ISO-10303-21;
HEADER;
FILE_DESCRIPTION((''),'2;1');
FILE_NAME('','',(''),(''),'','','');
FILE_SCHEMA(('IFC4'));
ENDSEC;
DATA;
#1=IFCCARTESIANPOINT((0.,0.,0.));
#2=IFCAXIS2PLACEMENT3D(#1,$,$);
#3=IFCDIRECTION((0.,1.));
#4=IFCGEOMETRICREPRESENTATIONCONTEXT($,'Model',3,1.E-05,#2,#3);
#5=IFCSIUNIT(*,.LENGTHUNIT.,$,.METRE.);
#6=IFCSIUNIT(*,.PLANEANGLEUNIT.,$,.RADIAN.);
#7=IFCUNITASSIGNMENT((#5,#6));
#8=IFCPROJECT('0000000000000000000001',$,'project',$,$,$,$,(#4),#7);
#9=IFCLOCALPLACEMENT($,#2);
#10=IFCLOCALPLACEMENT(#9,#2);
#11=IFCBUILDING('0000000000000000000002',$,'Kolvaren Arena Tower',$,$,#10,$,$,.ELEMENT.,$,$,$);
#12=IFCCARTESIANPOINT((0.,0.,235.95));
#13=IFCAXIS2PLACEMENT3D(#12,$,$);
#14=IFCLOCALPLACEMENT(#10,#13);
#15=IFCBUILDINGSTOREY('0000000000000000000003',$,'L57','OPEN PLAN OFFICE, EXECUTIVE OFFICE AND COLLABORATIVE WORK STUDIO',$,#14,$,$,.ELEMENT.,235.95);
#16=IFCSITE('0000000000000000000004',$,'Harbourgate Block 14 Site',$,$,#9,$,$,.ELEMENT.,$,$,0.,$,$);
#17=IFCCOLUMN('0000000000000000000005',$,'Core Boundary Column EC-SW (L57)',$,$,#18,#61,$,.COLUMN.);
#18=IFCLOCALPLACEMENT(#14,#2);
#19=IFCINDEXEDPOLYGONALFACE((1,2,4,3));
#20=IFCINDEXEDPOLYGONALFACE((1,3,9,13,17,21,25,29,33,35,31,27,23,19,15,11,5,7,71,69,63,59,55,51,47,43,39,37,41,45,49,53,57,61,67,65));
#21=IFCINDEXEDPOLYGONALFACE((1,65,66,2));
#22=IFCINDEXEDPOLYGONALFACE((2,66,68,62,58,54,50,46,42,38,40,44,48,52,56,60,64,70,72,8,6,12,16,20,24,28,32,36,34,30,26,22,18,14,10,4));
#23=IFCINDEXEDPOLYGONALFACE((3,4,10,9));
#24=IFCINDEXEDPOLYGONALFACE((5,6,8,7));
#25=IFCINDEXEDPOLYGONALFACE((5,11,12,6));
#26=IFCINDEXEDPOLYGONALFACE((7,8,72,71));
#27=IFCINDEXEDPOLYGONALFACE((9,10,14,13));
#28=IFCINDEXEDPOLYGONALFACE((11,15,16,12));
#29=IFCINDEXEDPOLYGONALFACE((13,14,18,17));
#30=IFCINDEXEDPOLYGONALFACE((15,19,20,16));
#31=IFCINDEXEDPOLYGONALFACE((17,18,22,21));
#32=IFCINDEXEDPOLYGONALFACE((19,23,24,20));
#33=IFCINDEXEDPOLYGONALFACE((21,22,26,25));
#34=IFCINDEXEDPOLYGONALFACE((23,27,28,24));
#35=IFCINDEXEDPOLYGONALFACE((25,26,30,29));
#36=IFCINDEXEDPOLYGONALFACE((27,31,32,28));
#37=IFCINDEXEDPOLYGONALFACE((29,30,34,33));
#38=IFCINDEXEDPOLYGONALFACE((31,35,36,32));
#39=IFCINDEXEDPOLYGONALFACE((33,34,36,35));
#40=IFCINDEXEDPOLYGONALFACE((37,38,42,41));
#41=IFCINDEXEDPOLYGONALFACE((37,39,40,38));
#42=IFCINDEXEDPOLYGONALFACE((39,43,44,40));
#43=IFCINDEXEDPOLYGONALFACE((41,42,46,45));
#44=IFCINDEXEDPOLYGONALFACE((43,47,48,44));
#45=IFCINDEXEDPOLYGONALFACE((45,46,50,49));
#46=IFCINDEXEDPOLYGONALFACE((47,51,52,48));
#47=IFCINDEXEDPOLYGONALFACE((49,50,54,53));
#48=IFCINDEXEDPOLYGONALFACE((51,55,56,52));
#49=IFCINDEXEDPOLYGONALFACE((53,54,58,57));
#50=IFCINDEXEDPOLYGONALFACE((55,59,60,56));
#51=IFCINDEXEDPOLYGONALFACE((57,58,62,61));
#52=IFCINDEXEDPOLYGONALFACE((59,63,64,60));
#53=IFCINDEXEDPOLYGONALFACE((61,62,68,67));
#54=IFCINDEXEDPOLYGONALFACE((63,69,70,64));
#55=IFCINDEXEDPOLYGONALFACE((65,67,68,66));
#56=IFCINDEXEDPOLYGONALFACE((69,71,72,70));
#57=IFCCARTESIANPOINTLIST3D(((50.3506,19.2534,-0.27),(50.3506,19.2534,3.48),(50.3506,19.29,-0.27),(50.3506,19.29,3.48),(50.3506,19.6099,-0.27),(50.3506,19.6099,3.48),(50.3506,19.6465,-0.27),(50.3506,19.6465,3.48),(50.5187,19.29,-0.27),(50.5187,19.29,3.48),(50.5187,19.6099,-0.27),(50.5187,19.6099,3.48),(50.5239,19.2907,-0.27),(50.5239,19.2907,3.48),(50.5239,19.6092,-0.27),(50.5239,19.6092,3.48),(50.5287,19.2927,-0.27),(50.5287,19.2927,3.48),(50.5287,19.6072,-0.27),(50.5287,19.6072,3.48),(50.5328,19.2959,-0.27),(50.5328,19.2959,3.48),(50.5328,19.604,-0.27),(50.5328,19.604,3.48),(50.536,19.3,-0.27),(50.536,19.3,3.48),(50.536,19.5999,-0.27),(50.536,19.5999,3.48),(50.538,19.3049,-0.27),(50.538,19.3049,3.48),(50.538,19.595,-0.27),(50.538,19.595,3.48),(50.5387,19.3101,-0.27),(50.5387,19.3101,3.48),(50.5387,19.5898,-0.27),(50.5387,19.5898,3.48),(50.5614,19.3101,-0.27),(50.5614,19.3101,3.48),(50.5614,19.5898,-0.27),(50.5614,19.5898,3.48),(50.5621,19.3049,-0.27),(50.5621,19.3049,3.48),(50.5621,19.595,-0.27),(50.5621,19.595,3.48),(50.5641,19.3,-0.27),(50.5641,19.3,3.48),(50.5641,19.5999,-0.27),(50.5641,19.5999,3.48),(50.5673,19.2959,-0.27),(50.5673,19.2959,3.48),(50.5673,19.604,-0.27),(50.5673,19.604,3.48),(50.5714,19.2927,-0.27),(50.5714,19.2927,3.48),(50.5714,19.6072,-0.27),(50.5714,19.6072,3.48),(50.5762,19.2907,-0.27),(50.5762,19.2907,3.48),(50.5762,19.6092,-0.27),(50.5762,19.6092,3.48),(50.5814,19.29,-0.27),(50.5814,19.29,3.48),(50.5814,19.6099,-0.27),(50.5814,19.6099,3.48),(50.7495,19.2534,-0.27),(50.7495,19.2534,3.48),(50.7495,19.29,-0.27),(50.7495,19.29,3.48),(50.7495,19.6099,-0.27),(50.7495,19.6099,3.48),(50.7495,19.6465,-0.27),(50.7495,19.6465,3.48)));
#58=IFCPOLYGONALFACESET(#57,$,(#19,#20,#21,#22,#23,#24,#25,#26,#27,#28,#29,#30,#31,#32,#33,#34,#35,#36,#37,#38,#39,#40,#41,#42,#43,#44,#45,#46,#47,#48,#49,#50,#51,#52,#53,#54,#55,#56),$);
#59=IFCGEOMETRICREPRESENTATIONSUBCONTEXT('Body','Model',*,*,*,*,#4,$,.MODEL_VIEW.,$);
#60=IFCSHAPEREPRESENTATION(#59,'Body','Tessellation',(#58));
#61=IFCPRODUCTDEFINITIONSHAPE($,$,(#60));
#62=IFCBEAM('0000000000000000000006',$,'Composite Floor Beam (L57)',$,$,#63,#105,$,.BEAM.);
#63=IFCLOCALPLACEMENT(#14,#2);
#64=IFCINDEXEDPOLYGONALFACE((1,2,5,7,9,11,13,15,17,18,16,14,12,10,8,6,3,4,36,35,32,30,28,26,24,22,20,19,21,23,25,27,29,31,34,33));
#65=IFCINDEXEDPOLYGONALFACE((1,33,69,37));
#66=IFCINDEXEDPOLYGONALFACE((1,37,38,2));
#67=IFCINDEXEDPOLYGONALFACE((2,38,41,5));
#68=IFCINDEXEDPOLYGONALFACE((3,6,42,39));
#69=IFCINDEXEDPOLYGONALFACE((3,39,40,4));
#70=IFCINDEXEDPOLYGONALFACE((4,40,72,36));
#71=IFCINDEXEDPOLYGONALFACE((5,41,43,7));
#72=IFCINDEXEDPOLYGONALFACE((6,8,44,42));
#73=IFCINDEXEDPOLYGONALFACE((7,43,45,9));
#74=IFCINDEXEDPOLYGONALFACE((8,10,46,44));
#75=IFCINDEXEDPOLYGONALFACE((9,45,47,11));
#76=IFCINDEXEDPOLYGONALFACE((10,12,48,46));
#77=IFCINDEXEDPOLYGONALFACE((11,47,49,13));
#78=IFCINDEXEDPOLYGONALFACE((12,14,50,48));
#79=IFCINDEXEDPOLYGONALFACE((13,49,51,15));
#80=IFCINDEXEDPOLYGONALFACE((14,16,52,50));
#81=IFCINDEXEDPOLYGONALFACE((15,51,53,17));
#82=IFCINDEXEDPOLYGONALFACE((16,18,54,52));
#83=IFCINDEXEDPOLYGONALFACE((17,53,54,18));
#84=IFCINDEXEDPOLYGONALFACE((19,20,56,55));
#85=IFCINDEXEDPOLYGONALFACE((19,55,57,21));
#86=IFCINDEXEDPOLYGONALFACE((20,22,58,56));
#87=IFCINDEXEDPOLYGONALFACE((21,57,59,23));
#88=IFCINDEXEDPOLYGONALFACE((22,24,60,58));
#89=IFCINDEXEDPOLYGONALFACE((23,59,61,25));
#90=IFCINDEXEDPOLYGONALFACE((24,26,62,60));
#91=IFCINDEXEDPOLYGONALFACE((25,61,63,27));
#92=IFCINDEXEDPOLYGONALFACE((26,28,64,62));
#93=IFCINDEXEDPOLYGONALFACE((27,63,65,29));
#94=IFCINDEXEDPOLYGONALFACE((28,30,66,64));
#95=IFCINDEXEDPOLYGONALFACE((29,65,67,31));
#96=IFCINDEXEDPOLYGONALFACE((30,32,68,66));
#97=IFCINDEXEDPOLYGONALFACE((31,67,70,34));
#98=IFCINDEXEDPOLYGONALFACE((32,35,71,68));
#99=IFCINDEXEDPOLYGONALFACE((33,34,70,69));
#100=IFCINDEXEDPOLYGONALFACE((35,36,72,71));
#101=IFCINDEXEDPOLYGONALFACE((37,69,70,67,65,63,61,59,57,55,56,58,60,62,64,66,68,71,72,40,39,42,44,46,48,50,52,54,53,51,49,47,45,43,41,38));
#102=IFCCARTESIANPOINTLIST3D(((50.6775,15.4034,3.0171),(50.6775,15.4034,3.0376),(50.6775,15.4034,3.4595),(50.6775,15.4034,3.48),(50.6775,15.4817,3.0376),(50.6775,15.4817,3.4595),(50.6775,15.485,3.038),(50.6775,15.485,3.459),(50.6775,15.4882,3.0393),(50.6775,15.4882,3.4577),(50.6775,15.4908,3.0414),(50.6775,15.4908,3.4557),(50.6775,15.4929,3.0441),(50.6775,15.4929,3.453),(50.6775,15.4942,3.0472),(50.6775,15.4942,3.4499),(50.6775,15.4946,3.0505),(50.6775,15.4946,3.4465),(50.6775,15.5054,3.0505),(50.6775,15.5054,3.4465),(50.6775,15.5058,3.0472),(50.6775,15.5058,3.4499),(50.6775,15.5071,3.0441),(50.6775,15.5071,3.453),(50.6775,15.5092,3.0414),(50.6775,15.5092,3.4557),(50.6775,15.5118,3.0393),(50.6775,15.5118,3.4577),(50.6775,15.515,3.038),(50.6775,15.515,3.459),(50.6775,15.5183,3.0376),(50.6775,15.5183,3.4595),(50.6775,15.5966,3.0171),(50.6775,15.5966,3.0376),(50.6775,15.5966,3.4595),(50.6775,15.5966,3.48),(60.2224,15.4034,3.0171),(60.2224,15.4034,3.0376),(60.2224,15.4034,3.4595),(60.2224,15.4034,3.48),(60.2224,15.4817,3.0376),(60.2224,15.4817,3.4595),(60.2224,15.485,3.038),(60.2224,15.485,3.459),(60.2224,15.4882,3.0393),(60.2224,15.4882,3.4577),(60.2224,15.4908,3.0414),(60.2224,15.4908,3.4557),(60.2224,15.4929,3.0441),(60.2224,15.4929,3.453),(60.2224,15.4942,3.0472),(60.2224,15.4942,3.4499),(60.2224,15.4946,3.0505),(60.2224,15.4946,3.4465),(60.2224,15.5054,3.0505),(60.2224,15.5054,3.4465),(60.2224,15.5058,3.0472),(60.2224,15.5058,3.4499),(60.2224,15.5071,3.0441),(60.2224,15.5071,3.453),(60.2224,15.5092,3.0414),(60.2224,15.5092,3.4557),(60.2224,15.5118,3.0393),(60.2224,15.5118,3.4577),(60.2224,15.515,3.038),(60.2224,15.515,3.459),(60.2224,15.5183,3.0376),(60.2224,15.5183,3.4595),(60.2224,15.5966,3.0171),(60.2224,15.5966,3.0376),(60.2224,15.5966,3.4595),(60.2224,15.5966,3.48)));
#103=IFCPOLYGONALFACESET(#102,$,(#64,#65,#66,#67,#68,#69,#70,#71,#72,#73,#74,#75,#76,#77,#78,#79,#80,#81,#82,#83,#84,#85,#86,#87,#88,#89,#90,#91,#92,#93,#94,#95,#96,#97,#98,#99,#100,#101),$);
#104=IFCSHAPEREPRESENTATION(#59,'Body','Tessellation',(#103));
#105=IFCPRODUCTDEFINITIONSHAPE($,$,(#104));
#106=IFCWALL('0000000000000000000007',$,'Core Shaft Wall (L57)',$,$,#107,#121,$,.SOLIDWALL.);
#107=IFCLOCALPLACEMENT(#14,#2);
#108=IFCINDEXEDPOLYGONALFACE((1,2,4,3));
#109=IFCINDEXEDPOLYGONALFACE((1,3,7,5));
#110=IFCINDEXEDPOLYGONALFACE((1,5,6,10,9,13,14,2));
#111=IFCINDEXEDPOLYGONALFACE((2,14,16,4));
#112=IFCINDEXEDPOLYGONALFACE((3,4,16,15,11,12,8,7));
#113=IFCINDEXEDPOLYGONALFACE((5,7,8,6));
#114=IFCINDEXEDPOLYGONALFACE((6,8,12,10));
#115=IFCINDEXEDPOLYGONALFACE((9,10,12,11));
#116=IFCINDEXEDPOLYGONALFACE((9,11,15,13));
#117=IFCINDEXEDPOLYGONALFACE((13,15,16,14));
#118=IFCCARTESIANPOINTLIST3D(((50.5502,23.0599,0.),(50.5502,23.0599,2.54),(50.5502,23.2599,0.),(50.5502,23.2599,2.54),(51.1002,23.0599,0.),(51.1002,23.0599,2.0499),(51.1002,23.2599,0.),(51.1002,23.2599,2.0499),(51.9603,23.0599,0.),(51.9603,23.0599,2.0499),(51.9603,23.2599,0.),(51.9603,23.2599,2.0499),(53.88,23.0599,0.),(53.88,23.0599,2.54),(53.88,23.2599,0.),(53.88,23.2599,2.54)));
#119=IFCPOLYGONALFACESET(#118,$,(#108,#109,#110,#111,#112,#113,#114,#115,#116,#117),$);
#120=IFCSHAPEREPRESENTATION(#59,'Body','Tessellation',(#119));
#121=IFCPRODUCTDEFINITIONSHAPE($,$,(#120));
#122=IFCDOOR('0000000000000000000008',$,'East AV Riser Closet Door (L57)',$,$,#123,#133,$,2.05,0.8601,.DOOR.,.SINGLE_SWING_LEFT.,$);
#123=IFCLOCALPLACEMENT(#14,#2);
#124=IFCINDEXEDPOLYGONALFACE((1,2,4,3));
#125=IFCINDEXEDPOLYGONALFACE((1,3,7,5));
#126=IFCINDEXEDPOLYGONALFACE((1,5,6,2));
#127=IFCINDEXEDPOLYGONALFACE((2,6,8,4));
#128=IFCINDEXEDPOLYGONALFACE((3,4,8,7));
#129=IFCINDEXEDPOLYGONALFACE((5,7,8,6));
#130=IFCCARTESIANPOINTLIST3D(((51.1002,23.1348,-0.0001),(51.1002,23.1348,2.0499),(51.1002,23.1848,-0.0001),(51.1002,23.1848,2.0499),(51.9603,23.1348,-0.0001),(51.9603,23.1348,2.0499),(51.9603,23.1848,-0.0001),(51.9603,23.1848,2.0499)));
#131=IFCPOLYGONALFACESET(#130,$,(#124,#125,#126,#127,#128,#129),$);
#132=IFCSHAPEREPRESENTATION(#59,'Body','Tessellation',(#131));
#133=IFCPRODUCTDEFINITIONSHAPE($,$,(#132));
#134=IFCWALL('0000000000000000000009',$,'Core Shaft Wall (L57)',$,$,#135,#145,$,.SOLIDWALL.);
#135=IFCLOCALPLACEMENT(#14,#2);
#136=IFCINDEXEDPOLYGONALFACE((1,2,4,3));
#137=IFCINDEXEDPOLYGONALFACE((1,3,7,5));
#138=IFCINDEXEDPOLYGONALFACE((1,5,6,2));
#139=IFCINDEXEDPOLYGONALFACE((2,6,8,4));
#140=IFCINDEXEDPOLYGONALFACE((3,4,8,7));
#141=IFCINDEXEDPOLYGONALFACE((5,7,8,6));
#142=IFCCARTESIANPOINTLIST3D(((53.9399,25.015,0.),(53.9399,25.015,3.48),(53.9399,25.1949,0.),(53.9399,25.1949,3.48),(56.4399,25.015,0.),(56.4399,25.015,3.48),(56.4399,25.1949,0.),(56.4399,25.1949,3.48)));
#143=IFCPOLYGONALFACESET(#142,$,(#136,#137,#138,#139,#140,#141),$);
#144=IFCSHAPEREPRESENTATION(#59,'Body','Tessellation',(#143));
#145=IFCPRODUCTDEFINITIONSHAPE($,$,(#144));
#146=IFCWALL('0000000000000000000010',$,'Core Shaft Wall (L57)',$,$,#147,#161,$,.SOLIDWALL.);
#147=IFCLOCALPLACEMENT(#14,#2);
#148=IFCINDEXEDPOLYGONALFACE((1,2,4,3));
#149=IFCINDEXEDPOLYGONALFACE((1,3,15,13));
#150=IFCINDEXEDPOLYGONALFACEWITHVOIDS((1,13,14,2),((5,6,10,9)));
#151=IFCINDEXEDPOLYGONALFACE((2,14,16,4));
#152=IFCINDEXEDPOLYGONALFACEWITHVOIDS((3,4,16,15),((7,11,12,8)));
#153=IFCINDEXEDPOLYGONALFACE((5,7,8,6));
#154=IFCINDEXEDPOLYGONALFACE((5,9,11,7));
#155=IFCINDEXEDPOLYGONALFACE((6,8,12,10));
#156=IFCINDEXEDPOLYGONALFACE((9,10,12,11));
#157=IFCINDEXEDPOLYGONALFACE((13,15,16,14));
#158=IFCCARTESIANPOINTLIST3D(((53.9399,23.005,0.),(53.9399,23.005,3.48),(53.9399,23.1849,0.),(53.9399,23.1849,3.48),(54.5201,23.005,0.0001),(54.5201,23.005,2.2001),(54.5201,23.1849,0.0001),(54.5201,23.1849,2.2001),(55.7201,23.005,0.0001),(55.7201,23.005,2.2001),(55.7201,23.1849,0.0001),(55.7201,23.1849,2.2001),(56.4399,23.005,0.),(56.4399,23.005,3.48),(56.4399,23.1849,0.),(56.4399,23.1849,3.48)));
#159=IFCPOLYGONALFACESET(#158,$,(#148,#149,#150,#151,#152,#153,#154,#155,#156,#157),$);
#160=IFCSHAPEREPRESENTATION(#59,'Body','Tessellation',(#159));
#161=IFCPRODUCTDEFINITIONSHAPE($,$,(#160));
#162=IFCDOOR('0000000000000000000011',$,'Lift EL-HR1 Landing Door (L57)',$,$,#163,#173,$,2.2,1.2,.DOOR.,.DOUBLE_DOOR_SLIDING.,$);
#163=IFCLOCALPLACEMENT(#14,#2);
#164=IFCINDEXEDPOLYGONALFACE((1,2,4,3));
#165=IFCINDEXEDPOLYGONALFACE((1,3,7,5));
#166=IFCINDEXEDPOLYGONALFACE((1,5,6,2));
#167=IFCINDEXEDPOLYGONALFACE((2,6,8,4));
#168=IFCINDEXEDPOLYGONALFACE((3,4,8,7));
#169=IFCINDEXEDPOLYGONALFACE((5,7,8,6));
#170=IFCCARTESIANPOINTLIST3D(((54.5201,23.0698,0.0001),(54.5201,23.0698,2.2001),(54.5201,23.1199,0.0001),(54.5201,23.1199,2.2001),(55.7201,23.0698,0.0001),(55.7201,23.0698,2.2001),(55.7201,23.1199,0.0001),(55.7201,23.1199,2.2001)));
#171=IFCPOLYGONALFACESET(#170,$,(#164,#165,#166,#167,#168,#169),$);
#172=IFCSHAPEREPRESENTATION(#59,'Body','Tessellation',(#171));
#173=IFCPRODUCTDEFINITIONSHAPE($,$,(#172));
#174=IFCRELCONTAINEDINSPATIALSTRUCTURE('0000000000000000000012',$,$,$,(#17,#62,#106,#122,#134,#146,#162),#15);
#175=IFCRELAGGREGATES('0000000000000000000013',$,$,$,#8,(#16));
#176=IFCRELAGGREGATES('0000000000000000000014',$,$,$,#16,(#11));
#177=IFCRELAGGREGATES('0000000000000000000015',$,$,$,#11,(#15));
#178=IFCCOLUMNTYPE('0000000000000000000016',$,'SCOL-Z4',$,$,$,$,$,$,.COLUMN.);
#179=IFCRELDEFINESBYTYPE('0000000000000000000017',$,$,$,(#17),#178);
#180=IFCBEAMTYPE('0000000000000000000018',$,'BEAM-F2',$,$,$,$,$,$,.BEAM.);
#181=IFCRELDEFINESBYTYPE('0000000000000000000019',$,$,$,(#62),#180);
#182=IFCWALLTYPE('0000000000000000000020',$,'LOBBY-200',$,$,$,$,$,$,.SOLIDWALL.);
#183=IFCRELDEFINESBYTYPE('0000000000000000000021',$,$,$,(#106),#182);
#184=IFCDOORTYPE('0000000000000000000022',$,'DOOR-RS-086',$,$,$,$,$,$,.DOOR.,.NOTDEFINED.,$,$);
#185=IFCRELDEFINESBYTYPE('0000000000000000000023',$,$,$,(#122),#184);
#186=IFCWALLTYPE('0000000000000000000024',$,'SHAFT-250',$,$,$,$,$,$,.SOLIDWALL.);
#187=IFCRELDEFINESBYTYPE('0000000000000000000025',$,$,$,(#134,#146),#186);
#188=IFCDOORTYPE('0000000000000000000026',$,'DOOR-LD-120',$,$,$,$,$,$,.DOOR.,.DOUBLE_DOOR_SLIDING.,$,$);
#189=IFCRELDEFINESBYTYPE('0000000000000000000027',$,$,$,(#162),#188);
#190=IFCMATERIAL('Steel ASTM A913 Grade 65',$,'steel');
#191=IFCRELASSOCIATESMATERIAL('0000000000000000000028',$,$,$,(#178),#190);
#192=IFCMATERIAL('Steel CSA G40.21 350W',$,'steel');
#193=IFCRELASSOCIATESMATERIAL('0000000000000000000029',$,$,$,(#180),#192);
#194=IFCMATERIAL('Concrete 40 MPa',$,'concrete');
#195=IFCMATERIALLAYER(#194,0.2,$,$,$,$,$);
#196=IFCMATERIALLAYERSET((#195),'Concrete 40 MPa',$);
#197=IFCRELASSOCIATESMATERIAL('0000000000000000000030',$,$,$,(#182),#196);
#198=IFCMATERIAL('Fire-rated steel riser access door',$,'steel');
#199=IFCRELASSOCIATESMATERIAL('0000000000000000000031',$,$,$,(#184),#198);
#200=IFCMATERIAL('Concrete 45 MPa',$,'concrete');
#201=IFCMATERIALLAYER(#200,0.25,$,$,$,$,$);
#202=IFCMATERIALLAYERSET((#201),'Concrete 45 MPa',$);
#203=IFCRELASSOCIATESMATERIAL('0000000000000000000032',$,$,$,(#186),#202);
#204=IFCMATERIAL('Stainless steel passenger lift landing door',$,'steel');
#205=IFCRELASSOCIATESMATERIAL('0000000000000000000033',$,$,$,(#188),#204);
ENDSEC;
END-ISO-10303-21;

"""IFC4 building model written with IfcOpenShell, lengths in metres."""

from ifc_helpers import new_model, si_unit, direction, frame, frame_2d, origin, origin_2d, place, context, subcontext, project, spatial, rectangle, i_section, extrude, material, layer, layer_set, material_profile, profile_set, type_object, element, fill, save


model = new_model("IFC4")

# Units and contexts
model_context = context("Model", 3, precision=1e-05, world=origin(), true_north=direction((0.0, 1.0)))
body_context = subcontext(model_context, "Body", "Model", "MODEL_VIEW")
ifc_project = project(units=[si_unit("LENGTHUNIT", "METRE"), si_unit("PLANEANGLEUNIT", "RADIAN")], contexts=[model_context])

# Site, building, storey
site_placement = place(None, origin())
site = spatial("IfcSite", under=ifc_project, at=site_placement, Name="Harbourgate Block 14 Site", CompositionType="ELEMENT", RefElevation=0.0)
building_placement = place(site_placement, origin())
building = spatial("IfcBuilding", under=site, at=building_placement, Name="Kolvaren Arena Tower", CompositionType="ELEMENT")
storey_placement = place(building_placement, frame((0.0, 0.0, 235.95)))
storey = spatial("IfcBuildingStorey", under=building, at=storey_placement, Name="L57", Description="OPEN PLAN OFFICE, EXECUTIVE OFFICE AND COLLABORATIVE WORK STUDIO", CompositionType="ELEMENT", Elevation=235.95)

# Column
ifc_material_1 = material(Name="Steel ASTM A913 Grade 65", Category="steel")
ifc_material_profile_1 = material_profile(ifc_material_1, i_section(OverallWidth=0.3989, OverallDepth=0.3931, WebThickness=0.0227, FlangeThickness=0.0366, FilletRadius=0.02, at=origin_2d()), Name="W360x287")
ifc_profile_set_1 = profile_set([ifc_material_profile_1], Name="Steel ASTM A913 Grade 65")
column_type = type_object("IfcColumnType", Name="SCOL-Z4", PredefinedType="COLUMN", material=ifc_profile_set_1)
column_placement = place(storey_placement, frame((50.55, 19.45, -0.27), z_axis=(0.0, 0.0, 1.0), x_axis=(1.0, 0.0, 0.0)))
element("IfcColumn", 1, at=column_placement, inside=storey, type_object=column_type, Name="Core Boundary Column EC-SW (L57)", PredefinedType="COLUMN", context=body_context, shape_type="SweptSolid", body=[
    extrude(i_section(OverallWidth=0.3989, OverallDepth=0.3931, WebThickness=0.0227, FlangeThickness=0.0366, FilletRadius=0.02, at=origin_2d()), origin(), (0.0, 0.0, 1.0), 3.75),
])

# Beam
ifc_material_2 = material(Name="Steel CSA G40.21 350W", Category="steel")
ifc_material_profile_2 = material_profile(ifc_material_2, i_section(OverallWidth=0.1931, OverallDepth=0.4629, WebThickness=0.0107, FlangeThickness=0.0205, FilletRadius=0.0129, at=origin_2d()), Name="W460x113")
ifc_profile_set_2 = profile_set([ifc_material_profile_2], Name="Steel CSA G40.21 350W")
beam_type = type_object("IfcBeamType", Name="BEAM-F2", PredefinedType="BEAM", material=ifc_profile_set_2)
beam_placement = place(storey_placement, frame((50.6775, 15.5, 3.2485), z_axis=(1.0, 0.0, 0.0), x_axis=(0.0, 1.0, 0.0)))
element("IfcBeam", 2, at=beam_placement, inside=storey, type_object=beam_type, Name="Composite Floor Beam (L57)", PredefinedType="BEAM", context=body_context, shape_type="SweptSolid", body=[
    extrude(i_section(OverallWidth=0.1931, OverallDepth=0.4629, WebThickness=0.0107, FlangeThickness=0.0205, FilletRadius=0.0129, at=origin_2d()), origin(), (0.0, 0.0, 1.0), 9.5449),
])

# Shared definitions
ifc_material_3 = material(Name="Concrete 40 MPa", Category="concrete")
ifc_layer_1 = layer(ifc_material_3, 0.2)
ifc_layer_set_1 = layer_set([ifc_layer_1], Name="Concrete 40 MPa")
wall_type_1 = type_object("IfcWallType", Name="LOBBY-200", PredefinedType="SOLIDWALL", material=ifc_layer_set_1)

# Wall, opening, door
wall_1_placement = place(storey_placement, frame((50.55, 23.1599, 0.0), z_axis=(0.0, 0.0, 1.0), x_axis=(1.0, 0.0, 0.0)))
wall_1 = element("IfcWall", 3, at=wall_1_placement, inside=storey, type_object=wall_type_1, Name="Core Shaft Wall (L57)", PredefinedType="SOLIDWALL", context=body_context, shape_type="SweptSolid", body=[
    extrude(rectangle(XDim=3.3298, YDim=0.2, at=frame_2d((1.665, 0.0))), origin(), (0.0, 0.0, 1.0), 2.54),
])
opening_1_placement = place(wall_1_placement, frame((0.55, 0.0, 0.0)))
opening_1 = element("IfcOpeningElement", 4, at=opening_1_placement, cuts=wall_1, PredefinedType="OPENING", context=body_context, shape_type="SweptSolid", body=[
    extrude(rectangle(XDim=0.8601, YDim=2.05, at=frame_2d((0.4302, 1.0249))), frame((0.0, 0.1099, 0.0), z_axis=(0.0, -1.0, 0.0), x_axis=(1.0, 0.0, 0.0)), (0.0, 0.0, 1.0), 0.22),
])
ifc_material_4 = material(Name="Fire-rated steel riser access door", Category="steel")
door_type_1 = type_object("IfcDoorType", Name="DOOR-RS-086", OperationType="NOTDEFINED", PredefinedType="DOOR", material=ifc_material_4)
door_1_placement = place(opening_1_placement, origin())
door_1 = element("IfcDoor", 5, at=door_1_placement, inside=storey, type_object=door_type_1, Name="East AV Riser Closet Door (L57)", OperationType="SINGLE_SWING_LEFT", OverallHeight=2.05, OverallWidth=0.8601, PredefinedType="DOOR", context=body_context, shape_type="SweptSolid", body=[
    extrude(rectangle(XDim=0.8601, YDim=2.05, at=frame_2d((0.4302, 1.0249))), frame((0.0, 0.0249, 0.0), z_axis=(0.0, -1.0, 0.0), x_axis=(1.0, 0.0, 0.0)), (0.0, 0.0, 1.0), 0.05),
])
fill(opening_1, door_1)

# Wall
ifc_material_5 = material(Name="Concrete 45 MPa", Category="concrete")
ifc_layer_2 = layer(ifc_material_5, 0.25)
ifc_layer_set_2 = layer_set([ifc_layer_2], Name="Concrete 45 MPa")
wall_type_2 = type_object("IfcWallType", Name="SHAFT-250", PredefinedType="SOLIDWALL", material=ifc_layer_set_2)
wall_2_placement = place(storey_placement, frame((53.9399, 25.105, 0.0), z_axis=(0.0, 0.0, 1.0), x_axis=(1.0, 0.0, 0.0)))
element("IfcWall", 6, at=wall_2_placement, inside=storey, type_object=wall_type_2, Name="Core Shaft Wall (L57)", PredefinedType="SOLIDWALL", context=body_context, shape_type="SweptSolid", body=[
    extrude(rectangle(XDim=2.5, YDim=0.1799, at=frame_2d((1.25, 0.0))), origin(), (0.0, 0.0, 1.0), 3.48),
])

# Wall, opening, door
wall_3_placement = place(storey_placement, frame((53.9399, 23.095, 0.0), z_axis=(0.0, 0.0, 1.0), x_axis=(1.0, 0.0, 0.0)))
wall_3 = element("IfcWall", 7, at=wall_3_placement, inside=storey, type_object=wall_type_2, Name="Core Shaft Wall (L57)", PredefinedType="SOLIDWALL", context=body_context, shape_type="SweptSolid", body=[
    extrude(rectangle(XDim=2.5, YDim=0.1799, at=frame_2d((1.25, 0.0))), origin(), (0.0, 0.0, 1.0), 3.48),
])
opening_2_placement = place(wall_3_placement, frame((0.5801, 0.0, 0.0)))
opening_2 = element("IfcOpeningElement", 8, at=opening_2_placement, cuts=wall_3, PredefinedType="OPENING", context=body_context, shape_type="SweptSolid", body=[
    extrude(rectangle(XDim=1.2, YDim=2.2, at=frame_2d((0.6001, 1.1001))), frame((0.0, 0.0999, 0.0), z_axis=(0.0, -1.0, 0.0), x_axis=(1.0, 0.0, 0.0)), (0.0, 0.0, 1.0), 0.2),
])
ifc_material_6 = material(Name="Stainless steel passenger lift landing door", Category="steel")
door_type_2 = type_object("IfcDoorType", Name="DOOR-LD-120", OperationType="DOUBLE_DOOR_SLIDING", PredefinedType="DOOR", material=ifc_material_6)
door_2_placement = place(opening_2_placement, origin())
door_2 = element("IfcDoor", 9, at=door_2_placement, inside=storey, type_object=door_type_2, Name="Lift EL-HR1 Landing Door (L57)", OperationType="DOUBLE_DOOR_SLIDING", OverallHeight=2.2, OverallWidth=1.2, PredefinedType="DOOR", context=body_context, shape_type="SweptSolid", body=[
    extrude(rectangle(XDim=1.2, YDim=2.2, at=frame_2d((0.6001, 1.1001))), frame((0.0, 0.0249, 0.0), z_axis=(0.0, -1.0, 0.0), x_axis=(1.0, 0.0, 0.0)), (0.0, 0.0, 1.0), 0.05),
])
fill(opening_2, door_2)

save(model, "model.ifc")
